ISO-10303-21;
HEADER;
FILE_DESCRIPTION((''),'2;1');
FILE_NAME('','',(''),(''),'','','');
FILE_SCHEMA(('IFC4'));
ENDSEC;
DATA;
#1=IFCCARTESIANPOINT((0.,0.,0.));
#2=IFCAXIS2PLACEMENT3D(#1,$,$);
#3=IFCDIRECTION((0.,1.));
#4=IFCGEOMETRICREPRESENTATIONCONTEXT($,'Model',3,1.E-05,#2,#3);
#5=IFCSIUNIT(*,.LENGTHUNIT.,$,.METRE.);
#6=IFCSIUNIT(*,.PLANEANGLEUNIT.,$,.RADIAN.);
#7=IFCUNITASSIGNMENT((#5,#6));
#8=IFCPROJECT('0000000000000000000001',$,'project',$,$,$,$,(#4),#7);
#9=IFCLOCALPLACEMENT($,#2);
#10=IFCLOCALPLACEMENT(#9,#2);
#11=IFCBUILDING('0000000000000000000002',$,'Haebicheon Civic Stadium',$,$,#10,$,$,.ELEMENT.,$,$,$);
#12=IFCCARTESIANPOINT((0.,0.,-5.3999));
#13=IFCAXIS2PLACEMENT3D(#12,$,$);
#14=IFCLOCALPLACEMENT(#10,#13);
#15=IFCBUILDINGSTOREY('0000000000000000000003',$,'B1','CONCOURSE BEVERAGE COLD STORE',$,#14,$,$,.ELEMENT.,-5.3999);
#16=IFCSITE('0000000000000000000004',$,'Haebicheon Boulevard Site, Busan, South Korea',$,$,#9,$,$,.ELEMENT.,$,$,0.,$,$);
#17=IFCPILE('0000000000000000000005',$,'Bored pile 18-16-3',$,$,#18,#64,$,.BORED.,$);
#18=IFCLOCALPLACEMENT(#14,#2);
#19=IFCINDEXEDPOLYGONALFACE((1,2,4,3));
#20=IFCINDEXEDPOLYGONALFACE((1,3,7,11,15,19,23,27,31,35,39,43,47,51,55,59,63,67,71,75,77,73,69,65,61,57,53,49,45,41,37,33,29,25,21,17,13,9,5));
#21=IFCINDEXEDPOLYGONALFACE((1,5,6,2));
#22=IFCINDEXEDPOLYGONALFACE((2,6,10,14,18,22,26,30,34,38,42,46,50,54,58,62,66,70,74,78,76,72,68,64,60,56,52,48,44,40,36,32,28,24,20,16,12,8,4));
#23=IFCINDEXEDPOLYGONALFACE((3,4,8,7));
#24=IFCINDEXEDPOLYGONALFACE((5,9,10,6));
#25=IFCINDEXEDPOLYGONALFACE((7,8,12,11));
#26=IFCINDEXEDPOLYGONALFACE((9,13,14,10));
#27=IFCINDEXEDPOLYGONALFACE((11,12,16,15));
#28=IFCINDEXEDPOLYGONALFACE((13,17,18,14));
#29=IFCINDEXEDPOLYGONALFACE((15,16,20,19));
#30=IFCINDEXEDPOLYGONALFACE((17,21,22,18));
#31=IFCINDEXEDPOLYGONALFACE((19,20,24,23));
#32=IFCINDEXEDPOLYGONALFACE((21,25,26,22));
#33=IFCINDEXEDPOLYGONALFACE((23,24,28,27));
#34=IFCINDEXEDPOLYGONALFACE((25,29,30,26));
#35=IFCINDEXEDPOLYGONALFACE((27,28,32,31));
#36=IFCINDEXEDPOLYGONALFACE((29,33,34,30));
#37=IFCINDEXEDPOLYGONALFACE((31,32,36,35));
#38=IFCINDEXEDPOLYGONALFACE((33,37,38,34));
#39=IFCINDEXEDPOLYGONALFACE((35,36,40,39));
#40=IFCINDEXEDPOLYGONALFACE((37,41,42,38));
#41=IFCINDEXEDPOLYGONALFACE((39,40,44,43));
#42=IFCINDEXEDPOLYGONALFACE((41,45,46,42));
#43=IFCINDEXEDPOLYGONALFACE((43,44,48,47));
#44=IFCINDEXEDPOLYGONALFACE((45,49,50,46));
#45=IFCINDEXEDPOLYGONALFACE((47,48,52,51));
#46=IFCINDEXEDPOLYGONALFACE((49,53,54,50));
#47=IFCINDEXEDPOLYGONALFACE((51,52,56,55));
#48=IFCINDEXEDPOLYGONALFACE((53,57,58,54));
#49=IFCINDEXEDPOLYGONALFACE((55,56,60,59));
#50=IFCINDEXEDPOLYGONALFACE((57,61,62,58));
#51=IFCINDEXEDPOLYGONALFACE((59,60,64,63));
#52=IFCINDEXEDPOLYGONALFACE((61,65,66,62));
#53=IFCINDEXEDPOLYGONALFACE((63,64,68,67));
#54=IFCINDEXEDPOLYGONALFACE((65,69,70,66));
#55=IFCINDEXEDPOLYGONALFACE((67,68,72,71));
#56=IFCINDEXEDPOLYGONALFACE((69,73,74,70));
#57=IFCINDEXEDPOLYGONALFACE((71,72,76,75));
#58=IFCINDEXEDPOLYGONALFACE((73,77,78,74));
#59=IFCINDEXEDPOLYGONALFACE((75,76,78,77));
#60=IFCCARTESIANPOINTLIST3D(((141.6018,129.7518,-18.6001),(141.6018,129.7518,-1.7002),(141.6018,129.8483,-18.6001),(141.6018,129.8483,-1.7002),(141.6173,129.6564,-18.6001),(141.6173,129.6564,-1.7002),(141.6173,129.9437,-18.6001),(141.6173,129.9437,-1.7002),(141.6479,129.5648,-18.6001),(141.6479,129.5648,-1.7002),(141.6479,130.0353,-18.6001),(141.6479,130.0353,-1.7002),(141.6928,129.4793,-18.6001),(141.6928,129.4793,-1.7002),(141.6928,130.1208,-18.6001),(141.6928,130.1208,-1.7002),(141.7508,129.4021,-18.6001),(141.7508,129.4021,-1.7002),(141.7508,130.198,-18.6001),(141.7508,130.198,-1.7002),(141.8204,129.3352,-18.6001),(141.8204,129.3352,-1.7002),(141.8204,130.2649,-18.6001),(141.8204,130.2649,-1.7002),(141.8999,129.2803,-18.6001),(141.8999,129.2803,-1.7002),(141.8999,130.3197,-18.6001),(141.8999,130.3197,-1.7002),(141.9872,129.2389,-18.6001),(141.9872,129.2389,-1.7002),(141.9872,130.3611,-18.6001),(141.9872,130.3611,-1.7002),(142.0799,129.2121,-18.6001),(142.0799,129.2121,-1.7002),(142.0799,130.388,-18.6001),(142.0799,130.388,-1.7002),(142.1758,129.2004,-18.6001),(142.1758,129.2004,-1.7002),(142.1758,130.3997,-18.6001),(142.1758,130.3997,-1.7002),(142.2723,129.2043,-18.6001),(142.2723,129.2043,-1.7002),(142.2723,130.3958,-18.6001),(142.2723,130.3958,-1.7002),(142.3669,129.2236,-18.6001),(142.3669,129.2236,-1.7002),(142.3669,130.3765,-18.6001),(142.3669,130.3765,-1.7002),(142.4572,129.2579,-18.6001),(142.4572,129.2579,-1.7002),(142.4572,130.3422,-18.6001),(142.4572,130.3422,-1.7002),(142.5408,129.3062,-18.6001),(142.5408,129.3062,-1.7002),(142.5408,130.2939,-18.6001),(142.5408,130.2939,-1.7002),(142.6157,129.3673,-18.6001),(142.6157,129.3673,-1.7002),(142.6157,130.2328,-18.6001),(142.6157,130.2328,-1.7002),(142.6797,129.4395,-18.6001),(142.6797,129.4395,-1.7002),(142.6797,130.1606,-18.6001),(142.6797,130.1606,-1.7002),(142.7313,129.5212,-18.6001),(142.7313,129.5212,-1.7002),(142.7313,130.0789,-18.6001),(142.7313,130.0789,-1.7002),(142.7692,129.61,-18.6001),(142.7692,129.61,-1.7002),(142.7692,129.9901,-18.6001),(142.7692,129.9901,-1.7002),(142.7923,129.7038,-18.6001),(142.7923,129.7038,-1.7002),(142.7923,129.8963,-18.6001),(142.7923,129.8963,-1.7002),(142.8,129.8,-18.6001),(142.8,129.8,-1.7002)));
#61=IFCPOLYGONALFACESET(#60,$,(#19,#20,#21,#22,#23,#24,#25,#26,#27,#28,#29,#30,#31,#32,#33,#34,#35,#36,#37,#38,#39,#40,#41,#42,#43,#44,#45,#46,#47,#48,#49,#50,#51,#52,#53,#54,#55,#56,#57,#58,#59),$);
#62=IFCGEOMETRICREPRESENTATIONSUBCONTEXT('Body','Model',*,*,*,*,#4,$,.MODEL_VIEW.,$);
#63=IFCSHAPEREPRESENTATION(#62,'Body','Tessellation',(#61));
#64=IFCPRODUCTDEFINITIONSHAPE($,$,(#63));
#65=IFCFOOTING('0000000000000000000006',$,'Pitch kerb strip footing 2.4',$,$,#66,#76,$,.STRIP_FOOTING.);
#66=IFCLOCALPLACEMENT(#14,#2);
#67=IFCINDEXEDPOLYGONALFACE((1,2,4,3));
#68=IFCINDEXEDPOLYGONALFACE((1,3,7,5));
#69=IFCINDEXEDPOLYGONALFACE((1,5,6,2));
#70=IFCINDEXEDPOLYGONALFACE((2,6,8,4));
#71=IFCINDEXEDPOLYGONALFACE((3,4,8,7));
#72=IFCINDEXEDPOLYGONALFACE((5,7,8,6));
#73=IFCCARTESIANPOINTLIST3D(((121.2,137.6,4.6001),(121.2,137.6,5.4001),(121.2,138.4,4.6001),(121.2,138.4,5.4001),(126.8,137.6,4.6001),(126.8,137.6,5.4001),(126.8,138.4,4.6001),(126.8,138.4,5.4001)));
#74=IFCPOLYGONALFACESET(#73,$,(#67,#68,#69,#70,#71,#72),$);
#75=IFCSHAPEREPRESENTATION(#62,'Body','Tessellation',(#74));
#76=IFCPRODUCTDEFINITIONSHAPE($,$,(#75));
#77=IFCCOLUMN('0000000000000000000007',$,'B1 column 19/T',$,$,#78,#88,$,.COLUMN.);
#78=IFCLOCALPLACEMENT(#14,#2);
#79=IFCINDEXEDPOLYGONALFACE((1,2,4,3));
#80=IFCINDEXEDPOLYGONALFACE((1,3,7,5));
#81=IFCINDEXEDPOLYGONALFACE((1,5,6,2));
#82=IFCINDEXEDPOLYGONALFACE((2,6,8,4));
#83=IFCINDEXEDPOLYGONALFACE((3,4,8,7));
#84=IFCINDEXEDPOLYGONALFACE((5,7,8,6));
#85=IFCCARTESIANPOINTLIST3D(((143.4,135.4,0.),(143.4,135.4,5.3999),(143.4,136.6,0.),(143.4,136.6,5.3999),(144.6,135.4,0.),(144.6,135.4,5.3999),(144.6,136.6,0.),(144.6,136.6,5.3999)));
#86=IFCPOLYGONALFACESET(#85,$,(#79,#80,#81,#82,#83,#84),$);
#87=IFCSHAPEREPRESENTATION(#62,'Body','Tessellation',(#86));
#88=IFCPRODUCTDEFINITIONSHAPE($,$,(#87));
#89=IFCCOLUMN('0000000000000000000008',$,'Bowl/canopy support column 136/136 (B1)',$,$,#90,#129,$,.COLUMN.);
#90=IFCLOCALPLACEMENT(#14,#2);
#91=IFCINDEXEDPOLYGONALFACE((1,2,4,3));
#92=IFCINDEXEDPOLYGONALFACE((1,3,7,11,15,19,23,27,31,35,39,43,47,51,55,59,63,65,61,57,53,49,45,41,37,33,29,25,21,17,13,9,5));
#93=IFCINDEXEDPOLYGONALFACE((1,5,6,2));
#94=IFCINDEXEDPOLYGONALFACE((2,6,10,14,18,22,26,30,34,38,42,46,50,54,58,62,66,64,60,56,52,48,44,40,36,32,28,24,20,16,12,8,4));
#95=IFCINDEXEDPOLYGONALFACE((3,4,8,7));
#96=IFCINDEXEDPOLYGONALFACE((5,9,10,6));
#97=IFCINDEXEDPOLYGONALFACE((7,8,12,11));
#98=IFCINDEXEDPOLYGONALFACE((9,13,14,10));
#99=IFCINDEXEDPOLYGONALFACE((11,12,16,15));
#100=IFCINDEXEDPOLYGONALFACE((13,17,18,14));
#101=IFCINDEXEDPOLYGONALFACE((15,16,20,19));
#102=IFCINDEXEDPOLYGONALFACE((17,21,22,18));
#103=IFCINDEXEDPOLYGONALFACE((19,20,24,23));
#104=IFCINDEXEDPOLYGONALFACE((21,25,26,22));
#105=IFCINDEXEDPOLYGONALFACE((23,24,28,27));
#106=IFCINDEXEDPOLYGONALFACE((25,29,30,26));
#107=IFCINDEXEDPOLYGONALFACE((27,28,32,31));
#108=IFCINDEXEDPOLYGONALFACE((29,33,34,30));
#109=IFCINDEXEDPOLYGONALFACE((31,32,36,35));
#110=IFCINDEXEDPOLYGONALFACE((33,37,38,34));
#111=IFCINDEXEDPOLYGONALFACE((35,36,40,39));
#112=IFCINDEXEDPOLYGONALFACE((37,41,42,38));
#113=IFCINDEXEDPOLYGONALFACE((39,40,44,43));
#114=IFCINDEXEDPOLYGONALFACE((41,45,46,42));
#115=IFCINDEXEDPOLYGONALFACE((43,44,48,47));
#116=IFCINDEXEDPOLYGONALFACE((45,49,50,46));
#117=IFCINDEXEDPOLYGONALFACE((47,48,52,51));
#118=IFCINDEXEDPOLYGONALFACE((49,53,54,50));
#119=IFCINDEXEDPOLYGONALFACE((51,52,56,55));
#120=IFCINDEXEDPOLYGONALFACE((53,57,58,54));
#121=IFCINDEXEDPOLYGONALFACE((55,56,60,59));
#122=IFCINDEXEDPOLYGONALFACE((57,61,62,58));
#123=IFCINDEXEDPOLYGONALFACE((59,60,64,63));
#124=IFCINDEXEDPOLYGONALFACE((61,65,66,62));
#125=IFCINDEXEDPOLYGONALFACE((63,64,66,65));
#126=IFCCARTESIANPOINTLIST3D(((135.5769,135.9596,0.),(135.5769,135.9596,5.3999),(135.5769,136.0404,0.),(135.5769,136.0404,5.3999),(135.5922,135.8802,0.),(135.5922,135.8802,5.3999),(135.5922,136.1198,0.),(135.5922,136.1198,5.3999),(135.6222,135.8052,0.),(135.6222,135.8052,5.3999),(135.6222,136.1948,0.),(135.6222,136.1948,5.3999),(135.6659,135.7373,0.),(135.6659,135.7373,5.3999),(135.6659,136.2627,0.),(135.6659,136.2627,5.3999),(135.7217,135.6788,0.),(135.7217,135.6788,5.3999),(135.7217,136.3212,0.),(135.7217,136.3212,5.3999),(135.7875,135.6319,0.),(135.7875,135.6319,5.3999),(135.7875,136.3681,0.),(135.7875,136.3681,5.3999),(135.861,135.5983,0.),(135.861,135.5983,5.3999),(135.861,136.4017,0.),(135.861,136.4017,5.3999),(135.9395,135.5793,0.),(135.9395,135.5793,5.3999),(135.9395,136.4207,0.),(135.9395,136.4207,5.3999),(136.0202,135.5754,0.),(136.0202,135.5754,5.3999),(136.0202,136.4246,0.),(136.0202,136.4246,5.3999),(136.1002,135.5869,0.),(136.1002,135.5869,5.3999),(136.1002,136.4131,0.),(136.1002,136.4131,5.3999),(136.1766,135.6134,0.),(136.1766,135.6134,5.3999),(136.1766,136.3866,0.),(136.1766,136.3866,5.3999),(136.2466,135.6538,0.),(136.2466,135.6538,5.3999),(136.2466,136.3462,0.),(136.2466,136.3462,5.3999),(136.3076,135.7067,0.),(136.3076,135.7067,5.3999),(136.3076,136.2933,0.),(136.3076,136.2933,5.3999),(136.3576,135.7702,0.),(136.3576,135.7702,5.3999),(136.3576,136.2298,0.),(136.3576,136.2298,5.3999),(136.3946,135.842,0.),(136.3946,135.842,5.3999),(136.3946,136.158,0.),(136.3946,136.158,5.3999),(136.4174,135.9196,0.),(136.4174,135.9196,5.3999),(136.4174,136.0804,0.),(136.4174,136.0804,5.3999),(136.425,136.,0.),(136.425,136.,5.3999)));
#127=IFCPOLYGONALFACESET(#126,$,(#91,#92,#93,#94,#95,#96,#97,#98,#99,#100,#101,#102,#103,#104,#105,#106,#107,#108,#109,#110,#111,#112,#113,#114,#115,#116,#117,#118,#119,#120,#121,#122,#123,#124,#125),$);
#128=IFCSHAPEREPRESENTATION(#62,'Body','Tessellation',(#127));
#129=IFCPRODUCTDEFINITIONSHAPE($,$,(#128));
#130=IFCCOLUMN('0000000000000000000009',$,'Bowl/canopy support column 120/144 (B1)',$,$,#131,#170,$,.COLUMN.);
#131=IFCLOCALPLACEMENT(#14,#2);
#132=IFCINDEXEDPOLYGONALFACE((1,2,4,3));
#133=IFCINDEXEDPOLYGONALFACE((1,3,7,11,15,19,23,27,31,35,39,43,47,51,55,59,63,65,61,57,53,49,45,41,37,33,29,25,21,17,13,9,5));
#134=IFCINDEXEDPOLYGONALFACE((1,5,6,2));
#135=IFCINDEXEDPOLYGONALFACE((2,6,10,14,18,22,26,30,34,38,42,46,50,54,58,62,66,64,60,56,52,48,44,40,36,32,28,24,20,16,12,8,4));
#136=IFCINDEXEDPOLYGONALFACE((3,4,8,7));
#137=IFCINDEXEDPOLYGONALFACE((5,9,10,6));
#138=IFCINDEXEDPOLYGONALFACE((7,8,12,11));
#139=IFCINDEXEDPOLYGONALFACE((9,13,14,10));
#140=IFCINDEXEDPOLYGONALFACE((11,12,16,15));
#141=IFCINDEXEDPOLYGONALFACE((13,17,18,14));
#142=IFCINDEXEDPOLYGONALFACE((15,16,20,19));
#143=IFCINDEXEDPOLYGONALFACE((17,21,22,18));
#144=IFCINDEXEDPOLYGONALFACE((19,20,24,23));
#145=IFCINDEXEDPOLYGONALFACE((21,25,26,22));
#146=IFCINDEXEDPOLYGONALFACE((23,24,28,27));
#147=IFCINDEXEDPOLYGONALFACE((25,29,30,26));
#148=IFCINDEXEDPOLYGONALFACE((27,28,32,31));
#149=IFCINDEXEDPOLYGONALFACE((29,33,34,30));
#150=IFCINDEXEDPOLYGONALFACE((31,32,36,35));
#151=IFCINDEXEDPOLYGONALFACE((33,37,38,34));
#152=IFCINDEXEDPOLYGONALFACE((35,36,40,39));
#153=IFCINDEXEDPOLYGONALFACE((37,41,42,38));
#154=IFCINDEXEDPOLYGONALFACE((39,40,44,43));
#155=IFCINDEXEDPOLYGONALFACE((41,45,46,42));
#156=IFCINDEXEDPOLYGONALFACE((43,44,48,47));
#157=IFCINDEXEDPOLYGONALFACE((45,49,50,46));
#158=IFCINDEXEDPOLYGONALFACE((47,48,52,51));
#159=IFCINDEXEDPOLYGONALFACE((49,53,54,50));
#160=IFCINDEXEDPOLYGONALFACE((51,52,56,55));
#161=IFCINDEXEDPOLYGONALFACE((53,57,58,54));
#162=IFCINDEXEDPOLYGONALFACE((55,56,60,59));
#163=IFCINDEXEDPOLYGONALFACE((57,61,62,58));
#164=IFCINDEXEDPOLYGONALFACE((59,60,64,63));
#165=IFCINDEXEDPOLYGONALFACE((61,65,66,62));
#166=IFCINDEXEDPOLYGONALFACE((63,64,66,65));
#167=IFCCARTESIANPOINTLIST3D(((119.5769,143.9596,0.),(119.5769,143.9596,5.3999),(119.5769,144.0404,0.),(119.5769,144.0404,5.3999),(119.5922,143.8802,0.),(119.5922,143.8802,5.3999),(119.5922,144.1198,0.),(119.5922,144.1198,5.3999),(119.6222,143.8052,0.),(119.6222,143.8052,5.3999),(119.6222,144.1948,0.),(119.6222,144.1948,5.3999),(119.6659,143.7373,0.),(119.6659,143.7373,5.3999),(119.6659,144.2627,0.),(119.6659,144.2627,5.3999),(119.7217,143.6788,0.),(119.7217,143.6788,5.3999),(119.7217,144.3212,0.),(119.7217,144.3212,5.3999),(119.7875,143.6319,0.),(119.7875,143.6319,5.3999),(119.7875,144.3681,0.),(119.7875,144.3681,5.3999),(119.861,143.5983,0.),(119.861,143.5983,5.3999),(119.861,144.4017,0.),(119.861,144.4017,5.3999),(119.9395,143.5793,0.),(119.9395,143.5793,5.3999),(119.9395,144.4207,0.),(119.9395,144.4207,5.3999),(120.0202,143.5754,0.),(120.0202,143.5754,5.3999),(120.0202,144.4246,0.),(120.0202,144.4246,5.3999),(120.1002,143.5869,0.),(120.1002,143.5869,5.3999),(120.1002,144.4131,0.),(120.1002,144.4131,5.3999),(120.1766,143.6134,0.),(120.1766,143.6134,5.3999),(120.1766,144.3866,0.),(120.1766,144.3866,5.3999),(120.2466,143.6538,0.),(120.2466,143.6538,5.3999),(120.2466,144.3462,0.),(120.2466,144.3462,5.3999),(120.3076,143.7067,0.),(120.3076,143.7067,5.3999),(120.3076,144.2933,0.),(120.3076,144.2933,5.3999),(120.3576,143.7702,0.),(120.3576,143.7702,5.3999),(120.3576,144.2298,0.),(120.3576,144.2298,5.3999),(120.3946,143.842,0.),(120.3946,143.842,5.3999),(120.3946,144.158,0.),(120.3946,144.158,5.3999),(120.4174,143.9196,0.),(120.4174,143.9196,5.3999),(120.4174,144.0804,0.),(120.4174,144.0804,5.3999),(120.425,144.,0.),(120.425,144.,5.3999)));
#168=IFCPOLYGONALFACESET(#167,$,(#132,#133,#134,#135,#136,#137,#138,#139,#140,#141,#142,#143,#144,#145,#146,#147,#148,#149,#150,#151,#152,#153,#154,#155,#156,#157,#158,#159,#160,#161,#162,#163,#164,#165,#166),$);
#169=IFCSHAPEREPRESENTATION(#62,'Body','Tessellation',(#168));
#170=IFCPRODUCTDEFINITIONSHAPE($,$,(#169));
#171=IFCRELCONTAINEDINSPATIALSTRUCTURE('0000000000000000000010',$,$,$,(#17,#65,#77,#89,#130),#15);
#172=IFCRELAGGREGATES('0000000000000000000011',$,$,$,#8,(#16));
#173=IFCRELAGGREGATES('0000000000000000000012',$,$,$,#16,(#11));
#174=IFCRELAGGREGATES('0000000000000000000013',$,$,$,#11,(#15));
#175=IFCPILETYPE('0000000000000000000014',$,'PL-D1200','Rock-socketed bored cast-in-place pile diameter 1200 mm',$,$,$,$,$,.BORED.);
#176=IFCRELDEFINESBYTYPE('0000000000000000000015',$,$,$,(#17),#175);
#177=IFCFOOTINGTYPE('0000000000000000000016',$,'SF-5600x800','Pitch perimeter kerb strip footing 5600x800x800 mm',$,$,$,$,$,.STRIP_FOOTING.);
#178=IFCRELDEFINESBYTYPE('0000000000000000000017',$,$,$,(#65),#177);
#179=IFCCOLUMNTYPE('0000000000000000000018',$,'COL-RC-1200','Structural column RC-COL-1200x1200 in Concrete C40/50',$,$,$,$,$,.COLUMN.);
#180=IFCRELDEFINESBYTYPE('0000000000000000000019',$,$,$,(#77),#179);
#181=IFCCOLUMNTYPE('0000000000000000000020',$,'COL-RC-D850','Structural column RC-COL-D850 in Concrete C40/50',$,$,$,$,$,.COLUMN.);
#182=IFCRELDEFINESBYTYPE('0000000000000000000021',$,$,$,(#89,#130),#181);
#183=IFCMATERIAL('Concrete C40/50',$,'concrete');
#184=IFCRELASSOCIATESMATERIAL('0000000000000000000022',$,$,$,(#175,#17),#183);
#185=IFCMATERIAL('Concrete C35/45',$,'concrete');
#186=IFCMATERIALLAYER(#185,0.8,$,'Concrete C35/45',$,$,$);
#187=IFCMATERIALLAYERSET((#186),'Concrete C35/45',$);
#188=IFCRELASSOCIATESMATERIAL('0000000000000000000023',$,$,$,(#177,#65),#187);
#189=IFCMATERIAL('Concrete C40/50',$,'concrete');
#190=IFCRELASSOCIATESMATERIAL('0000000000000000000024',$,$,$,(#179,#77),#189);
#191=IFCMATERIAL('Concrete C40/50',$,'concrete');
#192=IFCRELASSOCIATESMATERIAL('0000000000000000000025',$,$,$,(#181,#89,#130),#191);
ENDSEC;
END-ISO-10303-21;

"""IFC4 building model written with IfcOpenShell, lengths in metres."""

from ifc_helpers import new_model, si_unit, direction, frame, origin, origin_2d, place, context, subcontext, project, spatial, rectangle, circle, extrude, material, layer, layer_set, material_profile, profile_set, type_object, element, save


model = new_model("IFC4")

# Units and contexts
model_context = context("Model", 3, precision=1e-05, world=origin(), true_north=direction((0.0, 1.0)))
body_context = subcontext(model_context, "Body", "Model", "MODEL_VIEW")
ifc_project = project(units=[si_unit("LENGTHUNIT", "METRE"), si_unit("PLANEANGLEUNIT", "RADIAN")], contexts=[model_context])

# Site, building, storey
site_placement = place(None, origin())
site = spatial("IfcSite", under=ifc_project, at=site_placement, Name="Haebicheon Boulevard Site, Busan, South Korea", CompositionType="ELEMENT", RefElevation=0.0)
building_placement = place(site_placement, origin())
building = spatial("IfcBuilding", under=site, at=building_placement, Name="Haebicheon Civic Stadium", CompositionType="ELEMENT")
storey_placement = place(building_placement, frame((0.0, 0.0, -5.3999)))
storey = spatial("IfcBuildingStorey", under=building, at=storey_placement, Name="B1", Description="CONCOURSE BEVERAGE COLD STORE", CompositionType="ELEMENT", Elevation=-5.3999)

# Pile
ifc_material_1 = material(Name="Concrete C40/50", Category="concrete")
ifc_material_profile_1 = material_profile(ifc_material_1, circle(Radius=0.6001, at=origin_2d()), Name="PILE-D1200")
ifc_profile_set_1 = profile_set([ifc_material_profile_1], Name="Concrete C40/50")
pile_type_1 = type_object("IfcPileType", Name="PL-D1200", Description="Rock-socketed bored cast-in-place pile diameter 1200 mm", PredefinedType="BORED", material=ifc_profile_set_1)
pile_placement = place(storey_placement, frame((142.2, 129.8, -1.7002), z_axis=(0.0, 0.0, -1.0), x_axis=(1.0, 0.0, 0.0)))
element("IfcPile", 1, at=pile_placement, inside=storey, type_object=pile_type_1, material=ifc_profile_set_1, Name="Bored pile 18-16-3", PredefinedType="BORED", context=body_context, shape_type="SweptSolid", body=[
    extrude(circle(Radius=0.6001, at=origin_2d()), origin(), (0.0, 0.0, 1.0), 16.8999),
])

# Footing
ifc_material_2 = material(Name="Concrete C35/45", Category="concrete")
ifc_layer_1 = layer(ifc_material_2, 0.8, Name="Concrete C35/45")
ifc_layer_set_1 = layer_set([ifc_layer_1], Name="Concrete C35/45")
footing_type_1 = type_object("IfcFootingType", Name="SF-5600x800", Description="Pitch perimeter kerb strip footing 5600x800x800 mm", PredefinedType="STRIP_FOOTING", material=ifc_layer_set_1)
footing_1_placement = place(storey_placement, frame((124.0, 138.0, 4.6001), z_axis=(0.0, 0.0, 1.0), x_axis=(1.0, 0.0, 0.0)))
element("IfcFooting", 2, at=footing_1_placement, inside=storey, type_object=footing_type_1, material=ifc_layer_set_1, Name="Pitch kerb strip footing 2.4", PredefinedType="STRIP_FOOTING", context=body_context, shape_type="SweptSolid", body=[
    extrude(rectangle(XDim=5.6001, YDim=0.8, at=origin_2d()), origin(), (0.0, 0.0, 1.0), 0.8),
])

# Columns
ifc_material_3 = material(Name="Concrete C40/50", Category="concrete")
ifc_material_profile_2 = material_profile(ifc_material_3, rectangle(XDim=1.2, YDim=1.2, at=origin_2d()), Name="RC-COL-1200x1200")
ifc_profile_set_2 = profile_set([ifc_material_profile_2], Name="Concrete C40/50")
column_type_1 = type_object("IfcColumnType", Name="COL-RC-1200", Description="Structural column RC-COL-1200x1200 in Concrete C40/50", PredefinedType="COLUMN", material=ifc_profile_set_2)
column_placement = place(storey_placement, frame((144.0, 136.0, 0.0), z_axis=(0.0, 0.0, 1.0), x_axis=(1.0, 0.0, 0.0)))
element("IfcColumn", 3, at=column_placement, inside=storey, type_object=column_type_1, material=ifc_profile_set_2, Name="B1 column 19/T", PredefinedType="COLUMN", context=body_context, shape_type="SweptSolid", body=[
    extrude(rectangle(XDim=1.2, YDim=1.2, at=origin_2d()), origin(), (0.0, 0.0, 1.0), 5.3999),
])
ifc_material_4 = material(Name="Concrete C40/50", Category="concrete")
ifc_material_profile_3 = material_profile(ifc_material_4, circle(Radius=0.425, at=origin_2d()), Name="RC-COL-D850")
ifc_profile_set_3 = profile_set([ifc_material_profile_3], Name="Concrete C40/50")
column_type_2 = type_object("IfcColumnType", Name="COL-RC-D850", Description="Structural column RC-COL-D850 in Concrete C40/50", PredefinedType="COLUMN", material=ifc_profile_set_3)
for number, where, z_axis, x_axis, name in (
    (4, (136.0, 136.0, 0.0), (0.0, 0.0, 1.0), (1.0, 0.0, 0.0), "Bowl/canopy support column 136/136 (B1)"),
    (5, (120.0, 144.0, 0.0), (0.0, 0.0, 1.0), (1.0, 0.0, 0.0), "Bowl/canopy support column 120/144 (B1)"),
):
    element("IfcColumn", number, at=place(storey_placement, frame(where, z_axis=z_axis, x_axis=x_axis)), inside=storey, type_object=column_type_2, material=ifc_profile_set_3, Name=name, PredefinedType="COLUMN", context=body_context, shape_type="SweptSolid", body=[
        extrude(circle(Radius=0.425, at=origin_2d()), origin(), (0.0, 0.0, 1.0), 5.3999),
    ])

save(model, "model.ifc")
